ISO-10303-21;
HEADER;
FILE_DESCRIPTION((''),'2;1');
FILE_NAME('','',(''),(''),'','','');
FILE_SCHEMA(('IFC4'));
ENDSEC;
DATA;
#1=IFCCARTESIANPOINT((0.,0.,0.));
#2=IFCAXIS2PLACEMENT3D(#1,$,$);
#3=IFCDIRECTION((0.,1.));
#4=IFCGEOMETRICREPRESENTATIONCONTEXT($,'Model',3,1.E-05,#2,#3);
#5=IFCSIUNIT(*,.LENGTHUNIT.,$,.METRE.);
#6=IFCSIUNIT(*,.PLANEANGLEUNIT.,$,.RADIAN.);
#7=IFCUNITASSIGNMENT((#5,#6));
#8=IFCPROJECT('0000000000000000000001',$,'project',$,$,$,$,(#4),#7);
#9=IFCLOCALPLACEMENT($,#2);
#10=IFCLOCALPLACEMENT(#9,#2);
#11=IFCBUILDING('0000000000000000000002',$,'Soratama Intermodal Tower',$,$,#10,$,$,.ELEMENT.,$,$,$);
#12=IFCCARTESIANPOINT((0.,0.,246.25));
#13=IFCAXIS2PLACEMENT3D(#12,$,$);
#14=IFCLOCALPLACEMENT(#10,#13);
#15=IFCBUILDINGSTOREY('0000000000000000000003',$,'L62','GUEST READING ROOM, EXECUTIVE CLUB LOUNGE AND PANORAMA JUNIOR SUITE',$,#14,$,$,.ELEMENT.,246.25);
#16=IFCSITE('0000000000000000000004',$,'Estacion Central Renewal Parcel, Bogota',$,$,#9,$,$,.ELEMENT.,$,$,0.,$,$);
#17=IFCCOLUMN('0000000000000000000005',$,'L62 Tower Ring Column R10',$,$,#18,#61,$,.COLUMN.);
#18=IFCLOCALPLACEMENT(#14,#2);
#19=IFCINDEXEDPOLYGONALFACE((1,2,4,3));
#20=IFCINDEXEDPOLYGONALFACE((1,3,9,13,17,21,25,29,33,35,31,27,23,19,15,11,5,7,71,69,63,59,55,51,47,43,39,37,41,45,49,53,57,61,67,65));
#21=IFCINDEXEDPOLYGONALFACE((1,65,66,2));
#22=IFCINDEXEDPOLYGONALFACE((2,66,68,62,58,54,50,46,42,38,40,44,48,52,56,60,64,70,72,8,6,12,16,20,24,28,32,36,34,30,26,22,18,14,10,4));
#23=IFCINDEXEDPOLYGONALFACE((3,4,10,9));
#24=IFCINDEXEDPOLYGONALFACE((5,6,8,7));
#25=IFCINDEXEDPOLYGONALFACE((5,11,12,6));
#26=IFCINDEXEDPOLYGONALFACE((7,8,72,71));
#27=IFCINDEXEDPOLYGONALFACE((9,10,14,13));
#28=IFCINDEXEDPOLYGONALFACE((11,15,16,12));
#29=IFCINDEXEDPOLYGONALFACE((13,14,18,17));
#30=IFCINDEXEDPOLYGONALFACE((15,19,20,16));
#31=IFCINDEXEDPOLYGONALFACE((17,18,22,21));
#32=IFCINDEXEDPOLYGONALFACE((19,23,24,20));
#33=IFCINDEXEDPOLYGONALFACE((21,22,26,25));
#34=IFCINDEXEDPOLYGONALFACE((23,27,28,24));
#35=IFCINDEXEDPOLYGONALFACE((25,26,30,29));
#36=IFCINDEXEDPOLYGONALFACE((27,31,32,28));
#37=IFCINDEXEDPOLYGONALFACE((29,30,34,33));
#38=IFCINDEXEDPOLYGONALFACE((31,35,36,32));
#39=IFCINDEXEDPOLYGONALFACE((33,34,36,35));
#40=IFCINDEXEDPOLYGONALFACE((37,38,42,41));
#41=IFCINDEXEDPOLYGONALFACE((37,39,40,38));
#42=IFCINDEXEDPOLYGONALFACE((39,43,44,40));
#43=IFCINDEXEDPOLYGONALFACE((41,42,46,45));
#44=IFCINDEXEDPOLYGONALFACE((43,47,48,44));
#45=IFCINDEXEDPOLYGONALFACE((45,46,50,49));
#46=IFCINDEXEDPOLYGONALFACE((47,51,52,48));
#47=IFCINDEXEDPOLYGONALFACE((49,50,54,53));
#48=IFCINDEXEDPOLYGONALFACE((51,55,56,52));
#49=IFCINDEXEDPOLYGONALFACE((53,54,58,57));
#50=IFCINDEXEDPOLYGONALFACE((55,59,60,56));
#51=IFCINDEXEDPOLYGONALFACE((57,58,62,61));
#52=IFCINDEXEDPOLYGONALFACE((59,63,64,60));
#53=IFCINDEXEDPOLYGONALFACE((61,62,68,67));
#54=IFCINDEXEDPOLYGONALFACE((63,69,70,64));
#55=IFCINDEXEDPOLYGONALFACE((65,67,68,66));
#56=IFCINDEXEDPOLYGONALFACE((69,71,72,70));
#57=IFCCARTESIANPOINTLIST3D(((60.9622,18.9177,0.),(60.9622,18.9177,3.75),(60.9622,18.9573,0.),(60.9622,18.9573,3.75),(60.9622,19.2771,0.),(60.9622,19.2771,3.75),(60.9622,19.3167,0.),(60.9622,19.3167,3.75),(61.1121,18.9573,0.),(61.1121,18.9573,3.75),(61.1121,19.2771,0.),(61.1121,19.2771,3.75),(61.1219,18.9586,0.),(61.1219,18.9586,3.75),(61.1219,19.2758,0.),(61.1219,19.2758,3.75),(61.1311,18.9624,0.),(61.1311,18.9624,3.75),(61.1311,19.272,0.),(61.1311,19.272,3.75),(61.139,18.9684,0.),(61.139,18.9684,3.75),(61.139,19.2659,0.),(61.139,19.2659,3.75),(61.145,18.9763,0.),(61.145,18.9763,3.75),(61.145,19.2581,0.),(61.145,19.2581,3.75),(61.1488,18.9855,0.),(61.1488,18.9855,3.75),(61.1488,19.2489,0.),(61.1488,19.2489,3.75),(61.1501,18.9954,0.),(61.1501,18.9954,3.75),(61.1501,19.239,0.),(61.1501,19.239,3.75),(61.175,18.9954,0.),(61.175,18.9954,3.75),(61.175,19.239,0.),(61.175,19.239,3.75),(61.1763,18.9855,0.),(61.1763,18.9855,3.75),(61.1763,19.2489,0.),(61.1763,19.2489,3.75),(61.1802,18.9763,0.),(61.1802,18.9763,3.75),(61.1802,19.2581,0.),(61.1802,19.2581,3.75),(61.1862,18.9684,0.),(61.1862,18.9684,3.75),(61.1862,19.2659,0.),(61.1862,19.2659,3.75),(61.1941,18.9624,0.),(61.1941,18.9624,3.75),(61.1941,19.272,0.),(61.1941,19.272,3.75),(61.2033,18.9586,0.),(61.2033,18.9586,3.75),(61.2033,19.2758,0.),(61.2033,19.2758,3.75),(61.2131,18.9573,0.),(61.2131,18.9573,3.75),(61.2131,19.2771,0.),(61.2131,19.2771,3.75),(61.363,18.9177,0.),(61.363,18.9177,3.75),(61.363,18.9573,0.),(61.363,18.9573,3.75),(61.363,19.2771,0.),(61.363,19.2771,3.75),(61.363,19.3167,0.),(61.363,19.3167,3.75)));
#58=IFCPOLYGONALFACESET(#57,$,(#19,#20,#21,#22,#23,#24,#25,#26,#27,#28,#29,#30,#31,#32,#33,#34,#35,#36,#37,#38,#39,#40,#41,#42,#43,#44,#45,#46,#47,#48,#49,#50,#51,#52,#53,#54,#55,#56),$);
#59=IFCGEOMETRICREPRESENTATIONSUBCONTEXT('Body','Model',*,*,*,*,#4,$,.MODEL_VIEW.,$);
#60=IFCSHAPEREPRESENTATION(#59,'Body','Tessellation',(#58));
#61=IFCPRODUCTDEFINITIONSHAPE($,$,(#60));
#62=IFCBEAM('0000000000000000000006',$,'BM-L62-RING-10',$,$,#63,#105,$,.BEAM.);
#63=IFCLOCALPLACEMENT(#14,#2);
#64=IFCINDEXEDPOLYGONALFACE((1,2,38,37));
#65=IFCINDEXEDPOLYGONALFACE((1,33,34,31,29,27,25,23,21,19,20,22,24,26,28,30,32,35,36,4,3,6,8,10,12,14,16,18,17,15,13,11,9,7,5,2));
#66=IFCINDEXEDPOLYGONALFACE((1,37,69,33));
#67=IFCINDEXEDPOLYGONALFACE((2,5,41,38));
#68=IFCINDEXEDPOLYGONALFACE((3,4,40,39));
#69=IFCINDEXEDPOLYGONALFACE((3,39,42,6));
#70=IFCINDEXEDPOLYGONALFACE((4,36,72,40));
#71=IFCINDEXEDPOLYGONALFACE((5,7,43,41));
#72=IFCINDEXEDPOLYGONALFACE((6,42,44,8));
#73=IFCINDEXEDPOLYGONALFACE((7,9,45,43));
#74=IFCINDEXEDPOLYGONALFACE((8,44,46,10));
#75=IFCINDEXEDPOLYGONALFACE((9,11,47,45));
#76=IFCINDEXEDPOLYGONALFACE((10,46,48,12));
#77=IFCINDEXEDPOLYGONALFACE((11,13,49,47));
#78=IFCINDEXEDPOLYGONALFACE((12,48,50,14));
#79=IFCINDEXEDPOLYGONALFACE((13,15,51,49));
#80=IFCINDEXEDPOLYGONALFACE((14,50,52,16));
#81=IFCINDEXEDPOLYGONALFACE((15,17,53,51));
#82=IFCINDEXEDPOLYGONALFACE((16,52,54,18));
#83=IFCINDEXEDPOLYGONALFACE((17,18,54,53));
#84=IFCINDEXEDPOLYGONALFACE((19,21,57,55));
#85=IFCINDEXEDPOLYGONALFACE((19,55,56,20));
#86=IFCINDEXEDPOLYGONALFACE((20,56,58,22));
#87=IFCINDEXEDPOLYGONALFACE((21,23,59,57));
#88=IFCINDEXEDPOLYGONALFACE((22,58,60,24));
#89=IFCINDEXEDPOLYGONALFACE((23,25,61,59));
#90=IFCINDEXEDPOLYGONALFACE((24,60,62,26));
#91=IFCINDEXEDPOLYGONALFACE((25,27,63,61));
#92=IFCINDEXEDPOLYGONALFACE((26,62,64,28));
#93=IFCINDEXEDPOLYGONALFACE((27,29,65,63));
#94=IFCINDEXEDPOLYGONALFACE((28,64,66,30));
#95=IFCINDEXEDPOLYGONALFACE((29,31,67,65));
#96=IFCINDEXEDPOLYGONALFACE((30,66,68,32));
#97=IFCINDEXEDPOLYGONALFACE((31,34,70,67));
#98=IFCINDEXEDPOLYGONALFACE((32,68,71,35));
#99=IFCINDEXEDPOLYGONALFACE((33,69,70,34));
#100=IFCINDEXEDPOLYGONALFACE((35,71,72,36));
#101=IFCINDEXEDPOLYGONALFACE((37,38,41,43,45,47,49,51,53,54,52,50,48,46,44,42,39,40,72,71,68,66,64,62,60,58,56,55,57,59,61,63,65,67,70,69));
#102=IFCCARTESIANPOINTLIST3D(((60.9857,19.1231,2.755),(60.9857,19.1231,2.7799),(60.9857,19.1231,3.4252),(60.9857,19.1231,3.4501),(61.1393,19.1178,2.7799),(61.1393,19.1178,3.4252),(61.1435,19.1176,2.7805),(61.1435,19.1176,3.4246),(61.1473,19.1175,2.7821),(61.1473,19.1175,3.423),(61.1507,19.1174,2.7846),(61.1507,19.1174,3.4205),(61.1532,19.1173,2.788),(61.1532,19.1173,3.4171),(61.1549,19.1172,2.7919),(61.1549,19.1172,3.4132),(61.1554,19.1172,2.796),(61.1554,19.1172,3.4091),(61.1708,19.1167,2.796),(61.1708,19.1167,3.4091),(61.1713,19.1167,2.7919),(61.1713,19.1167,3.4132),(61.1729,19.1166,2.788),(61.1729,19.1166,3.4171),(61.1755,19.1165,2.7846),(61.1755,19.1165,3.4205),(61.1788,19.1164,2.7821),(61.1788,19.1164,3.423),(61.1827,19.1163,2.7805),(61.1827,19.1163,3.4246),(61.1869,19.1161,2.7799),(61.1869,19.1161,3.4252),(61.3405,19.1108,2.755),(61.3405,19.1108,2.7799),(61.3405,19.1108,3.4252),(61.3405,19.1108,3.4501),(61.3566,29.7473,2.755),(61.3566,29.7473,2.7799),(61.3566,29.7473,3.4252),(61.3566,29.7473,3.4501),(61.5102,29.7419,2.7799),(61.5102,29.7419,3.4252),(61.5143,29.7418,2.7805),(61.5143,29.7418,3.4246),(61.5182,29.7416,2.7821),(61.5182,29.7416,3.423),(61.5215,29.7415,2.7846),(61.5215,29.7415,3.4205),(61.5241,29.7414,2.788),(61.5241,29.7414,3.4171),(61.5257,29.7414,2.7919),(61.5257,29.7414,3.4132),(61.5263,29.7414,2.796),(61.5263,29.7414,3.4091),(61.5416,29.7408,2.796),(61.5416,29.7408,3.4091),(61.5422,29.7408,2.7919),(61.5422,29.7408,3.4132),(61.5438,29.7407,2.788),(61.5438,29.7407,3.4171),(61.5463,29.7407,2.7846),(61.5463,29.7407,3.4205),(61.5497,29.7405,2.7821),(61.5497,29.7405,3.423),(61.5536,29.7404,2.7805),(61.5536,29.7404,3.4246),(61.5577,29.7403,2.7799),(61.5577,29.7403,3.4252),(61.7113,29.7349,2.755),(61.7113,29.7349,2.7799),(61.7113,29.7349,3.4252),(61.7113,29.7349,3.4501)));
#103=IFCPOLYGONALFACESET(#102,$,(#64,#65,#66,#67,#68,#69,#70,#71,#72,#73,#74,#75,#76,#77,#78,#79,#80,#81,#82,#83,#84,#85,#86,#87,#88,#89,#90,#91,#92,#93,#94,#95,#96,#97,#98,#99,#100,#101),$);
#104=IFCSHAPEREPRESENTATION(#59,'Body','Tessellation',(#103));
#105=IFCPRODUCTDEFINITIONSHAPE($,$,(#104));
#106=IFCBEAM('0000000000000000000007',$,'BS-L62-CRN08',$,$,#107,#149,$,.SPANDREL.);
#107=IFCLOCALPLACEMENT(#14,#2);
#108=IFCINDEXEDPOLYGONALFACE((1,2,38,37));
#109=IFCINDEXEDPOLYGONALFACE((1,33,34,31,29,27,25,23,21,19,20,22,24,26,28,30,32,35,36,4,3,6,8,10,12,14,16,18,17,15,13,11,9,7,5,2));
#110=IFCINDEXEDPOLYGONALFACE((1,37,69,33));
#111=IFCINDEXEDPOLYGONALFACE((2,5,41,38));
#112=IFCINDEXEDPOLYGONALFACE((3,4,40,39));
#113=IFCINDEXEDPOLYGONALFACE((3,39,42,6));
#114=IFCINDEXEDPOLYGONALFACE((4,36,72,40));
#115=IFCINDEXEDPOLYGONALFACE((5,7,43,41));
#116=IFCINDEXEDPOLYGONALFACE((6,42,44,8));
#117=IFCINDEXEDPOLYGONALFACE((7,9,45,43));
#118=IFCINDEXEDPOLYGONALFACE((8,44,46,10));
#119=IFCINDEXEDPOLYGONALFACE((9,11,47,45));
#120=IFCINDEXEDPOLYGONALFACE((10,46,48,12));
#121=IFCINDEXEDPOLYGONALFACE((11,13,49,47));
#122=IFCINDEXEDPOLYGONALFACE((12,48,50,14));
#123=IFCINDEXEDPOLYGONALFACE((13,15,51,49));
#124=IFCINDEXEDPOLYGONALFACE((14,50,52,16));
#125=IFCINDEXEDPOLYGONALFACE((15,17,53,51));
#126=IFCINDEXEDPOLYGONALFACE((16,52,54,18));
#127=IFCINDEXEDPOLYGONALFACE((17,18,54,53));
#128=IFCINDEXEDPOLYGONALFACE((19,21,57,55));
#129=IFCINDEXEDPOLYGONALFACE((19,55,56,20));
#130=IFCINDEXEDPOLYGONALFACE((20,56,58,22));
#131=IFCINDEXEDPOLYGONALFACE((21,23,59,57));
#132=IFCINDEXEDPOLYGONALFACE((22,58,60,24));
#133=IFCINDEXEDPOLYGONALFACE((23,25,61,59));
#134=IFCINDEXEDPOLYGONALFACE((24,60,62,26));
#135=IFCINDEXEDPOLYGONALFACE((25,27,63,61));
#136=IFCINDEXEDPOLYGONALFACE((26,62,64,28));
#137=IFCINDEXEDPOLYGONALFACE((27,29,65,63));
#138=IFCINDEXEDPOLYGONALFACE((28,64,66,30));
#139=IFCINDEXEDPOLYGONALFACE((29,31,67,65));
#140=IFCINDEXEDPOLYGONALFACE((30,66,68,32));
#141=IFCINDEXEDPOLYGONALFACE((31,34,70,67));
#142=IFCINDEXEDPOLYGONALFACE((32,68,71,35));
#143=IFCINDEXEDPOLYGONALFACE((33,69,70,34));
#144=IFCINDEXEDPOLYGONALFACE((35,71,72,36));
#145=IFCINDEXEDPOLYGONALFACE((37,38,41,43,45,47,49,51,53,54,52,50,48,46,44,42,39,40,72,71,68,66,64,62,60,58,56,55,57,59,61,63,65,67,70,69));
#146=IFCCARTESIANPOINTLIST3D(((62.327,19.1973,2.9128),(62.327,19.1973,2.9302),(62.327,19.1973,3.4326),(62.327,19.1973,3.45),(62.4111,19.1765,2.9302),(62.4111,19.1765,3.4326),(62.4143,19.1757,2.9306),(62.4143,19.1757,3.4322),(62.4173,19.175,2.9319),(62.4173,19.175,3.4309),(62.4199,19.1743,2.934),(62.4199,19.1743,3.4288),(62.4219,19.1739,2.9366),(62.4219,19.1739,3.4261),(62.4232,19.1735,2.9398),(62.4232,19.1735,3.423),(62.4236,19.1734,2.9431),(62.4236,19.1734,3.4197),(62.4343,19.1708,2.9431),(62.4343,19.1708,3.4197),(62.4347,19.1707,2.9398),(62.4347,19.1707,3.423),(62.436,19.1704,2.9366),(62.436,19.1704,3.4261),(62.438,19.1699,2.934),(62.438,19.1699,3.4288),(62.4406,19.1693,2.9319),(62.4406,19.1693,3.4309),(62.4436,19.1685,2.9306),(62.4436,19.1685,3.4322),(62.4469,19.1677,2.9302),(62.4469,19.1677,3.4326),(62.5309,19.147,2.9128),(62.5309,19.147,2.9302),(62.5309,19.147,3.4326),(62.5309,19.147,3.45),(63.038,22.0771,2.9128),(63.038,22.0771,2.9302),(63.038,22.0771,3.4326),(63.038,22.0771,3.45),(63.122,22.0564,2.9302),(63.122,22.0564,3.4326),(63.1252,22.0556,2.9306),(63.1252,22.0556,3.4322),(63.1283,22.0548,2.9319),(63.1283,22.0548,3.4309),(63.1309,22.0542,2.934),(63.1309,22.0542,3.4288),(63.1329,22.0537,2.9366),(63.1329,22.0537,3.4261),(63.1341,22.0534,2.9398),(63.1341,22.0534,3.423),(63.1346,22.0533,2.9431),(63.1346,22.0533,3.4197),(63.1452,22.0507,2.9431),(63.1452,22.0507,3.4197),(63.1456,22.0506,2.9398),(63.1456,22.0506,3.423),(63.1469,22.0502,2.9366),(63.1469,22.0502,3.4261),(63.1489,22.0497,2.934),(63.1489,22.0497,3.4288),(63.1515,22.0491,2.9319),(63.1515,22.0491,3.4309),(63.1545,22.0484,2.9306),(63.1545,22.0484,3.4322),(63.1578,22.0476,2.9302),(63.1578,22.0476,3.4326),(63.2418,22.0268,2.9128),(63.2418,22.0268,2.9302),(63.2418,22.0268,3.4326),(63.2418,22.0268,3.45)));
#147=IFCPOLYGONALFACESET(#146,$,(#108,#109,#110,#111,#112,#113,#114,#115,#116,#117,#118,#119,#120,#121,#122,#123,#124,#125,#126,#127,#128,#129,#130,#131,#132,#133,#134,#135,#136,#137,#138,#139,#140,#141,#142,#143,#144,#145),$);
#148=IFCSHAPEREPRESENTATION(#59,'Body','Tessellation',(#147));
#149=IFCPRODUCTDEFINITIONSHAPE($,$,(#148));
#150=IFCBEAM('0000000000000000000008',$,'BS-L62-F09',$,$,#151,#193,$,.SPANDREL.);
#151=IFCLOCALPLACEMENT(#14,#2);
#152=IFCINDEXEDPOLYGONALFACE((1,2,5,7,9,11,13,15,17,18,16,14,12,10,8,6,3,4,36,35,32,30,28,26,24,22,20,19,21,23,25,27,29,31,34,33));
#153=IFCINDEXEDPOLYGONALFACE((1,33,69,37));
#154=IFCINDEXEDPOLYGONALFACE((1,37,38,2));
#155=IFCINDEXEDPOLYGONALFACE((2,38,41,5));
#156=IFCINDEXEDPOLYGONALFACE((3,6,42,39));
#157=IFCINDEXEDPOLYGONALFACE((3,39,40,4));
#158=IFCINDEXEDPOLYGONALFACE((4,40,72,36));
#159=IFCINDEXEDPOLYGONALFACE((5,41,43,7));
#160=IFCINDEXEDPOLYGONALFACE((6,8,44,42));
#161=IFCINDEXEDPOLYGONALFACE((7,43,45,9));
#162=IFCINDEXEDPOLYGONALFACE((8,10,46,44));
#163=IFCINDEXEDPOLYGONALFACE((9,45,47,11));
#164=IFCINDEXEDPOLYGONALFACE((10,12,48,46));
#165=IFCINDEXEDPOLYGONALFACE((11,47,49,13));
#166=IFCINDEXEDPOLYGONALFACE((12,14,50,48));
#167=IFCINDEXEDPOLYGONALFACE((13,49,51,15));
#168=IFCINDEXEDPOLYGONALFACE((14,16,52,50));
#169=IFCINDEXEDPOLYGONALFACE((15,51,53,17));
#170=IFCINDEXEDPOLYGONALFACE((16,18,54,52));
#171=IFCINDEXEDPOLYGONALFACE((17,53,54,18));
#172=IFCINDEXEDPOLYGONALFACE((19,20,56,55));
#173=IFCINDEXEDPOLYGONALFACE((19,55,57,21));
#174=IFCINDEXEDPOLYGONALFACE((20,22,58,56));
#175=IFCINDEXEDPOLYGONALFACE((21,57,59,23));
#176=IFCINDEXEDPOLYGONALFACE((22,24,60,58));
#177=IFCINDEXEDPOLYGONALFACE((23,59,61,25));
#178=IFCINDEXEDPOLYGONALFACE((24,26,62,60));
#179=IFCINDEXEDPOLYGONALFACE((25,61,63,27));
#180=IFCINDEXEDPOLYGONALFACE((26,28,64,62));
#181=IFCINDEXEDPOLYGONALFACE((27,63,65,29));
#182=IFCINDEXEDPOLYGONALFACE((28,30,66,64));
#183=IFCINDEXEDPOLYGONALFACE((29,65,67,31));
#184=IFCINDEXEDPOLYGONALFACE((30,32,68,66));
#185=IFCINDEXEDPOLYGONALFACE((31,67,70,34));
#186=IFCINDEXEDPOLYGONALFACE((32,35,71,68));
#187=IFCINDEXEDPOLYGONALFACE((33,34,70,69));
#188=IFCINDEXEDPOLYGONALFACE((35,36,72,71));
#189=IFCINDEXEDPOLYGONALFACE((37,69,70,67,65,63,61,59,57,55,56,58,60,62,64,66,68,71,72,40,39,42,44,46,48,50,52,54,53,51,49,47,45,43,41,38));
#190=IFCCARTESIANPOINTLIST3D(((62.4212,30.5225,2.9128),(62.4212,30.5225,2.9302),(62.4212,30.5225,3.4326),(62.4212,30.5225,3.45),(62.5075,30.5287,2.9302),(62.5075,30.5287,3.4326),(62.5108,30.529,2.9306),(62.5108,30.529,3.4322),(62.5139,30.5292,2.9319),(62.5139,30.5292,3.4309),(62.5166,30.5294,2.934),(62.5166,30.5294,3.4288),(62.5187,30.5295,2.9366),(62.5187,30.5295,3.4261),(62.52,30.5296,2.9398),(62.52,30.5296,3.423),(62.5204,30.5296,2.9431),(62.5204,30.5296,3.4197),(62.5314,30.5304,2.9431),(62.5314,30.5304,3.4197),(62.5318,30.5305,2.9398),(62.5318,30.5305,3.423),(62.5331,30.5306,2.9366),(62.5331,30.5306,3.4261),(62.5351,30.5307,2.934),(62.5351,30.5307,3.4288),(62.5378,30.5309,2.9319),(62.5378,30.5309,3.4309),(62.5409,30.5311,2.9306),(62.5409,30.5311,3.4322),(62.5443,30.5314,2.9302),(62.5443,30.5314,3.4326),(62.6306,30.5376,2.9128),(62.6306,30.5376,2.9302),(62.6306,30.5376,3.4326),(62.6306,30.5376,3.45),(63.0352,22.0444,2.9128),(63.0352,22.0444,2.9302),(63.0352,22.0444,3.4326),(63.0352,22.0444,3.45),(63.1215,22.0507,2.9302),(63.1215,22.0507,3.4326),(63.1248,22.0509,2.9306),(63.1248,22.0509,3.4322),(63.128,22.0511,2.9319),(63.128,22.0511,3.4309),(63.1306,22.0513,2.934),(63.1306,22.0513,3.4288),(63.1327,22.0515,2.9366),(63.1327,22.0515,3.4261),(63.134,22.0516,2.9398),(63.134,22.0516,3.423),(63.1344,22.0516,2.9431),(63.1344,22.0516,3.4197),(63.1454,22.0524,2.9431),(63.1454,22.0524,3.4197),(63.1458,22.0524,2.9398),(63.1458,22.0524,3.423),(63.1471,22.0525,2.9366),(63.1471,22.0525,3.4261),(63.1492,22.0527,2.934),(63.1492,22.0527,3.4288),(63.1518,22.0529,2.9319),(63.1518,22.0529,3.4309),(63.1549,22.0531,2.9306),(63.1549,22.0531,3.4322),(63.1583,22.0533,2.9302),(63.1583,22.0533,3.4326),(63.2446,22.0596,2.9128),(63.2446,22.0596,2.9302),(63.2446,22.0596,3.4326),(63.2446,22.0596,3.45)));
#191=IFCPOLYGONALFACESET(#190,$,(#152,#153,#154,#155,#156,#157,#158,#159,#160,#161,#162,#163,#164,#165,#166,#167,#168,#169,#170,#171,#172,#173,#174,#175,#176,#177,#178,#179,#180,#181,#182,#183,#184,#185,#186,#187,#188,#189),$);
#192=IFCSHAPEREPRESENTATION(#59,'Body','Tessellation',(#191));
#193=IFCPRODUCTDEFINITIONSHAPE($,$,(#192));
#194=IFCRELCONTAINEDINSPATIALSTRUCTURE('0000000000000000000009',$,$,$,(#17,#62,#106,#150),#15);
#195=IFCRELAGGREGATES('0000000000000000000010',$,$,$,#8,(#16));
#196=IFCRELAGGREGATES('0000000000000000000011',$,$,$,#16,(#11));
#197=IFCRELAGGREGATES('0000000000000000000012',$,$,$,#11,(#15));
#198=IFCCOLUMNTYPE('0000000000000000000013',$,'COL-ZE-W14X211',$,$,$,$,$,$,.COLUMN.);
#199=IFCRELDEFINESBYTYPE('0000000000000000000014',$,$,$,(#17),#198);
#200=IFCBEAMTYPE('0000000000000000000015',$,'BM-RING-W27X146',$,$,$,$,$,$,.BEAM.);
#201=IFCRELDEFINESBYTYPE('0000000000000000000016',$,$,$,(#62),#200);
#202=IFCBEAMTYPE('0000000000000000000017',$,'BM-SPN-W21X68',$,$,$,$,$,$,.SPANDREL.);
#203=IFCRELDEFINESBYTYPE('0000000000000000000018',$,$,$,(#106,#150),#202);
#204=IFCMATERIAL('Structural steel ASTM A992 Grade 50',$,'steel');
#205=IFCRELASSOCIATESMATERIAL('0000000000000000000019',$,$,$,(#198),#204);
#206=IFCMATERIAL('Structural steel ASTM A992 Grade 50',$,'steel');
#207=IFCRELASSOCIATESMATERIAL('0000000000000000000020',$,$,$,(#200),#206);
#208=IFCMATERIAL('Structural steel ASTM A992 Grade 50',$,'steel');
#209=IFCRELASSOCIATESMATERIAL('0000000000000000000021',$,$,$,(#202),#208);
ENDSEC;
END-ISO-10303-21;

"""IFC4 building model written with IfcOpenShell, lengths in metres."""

from ifc_helpers import new_model, si_unit, direction, frame, origin, origin_2d, place, context, subcontext, project, spatial, i_section, extrude, material, material_profile, profile_set, type_object, element, save


model = new_model("IFC4")

# Units and contexts
model_context = context("Model", 3, precision=1e-05, world=origin(), true_north=direction((0.0, 1.0)))
body_context = subcontext(model_context, "Body", "Model", "MODEL_VIEW")
ifc_project = project(units=[si_unit("LENGTHUNIT", "METRE"), si_unit("PLANEANGLEUNIT", "RADIAN")], contexts=[model_context])

# Site, building, storey
site_placement = place(None, origin())
site = spatial("IfcSite", under=ifc_project, at=site_placement, Name="Estacion Central Renewal Parcel, Bogota", CompositionType="ELEMENT", RefElevation=0.0)
building_placement = place(site_placement, origin())
building = spatial("IfcBuilding", under=site, at=building_placement, Name="Soratama Intermodal Tower", CompositionType="ELEMENT")
storey_placement = place(building_placement, frame((0.0, 0.0, 246.25)))
storey = spatial("IfcBuildingStorey", under=building, at=storey_placement, Name="L62", Description="GUEST READING ROOM, EXECUTIVE CLUB LOUNGE AND PANORAMA JUNIOR SUITE", CompositionType="ELEMENT", Elevation=246.25)

# Column
ifc_material_1 = material(Name="Structural steel ASTM A992 Grade 50", Category="steel")
ifc_material_profile_1 = material_profile(ifc_material_1, i_section(OverallWidth=0.4009, OverallDepth=0.3989, WebThickness=0.0249, FlangeThickness=0.0396, FilletRadius=0.0381, at=origin_2d()), Name="W14X211")
ifc_profile_set_1 = profile_set([ifc_material_profile_1], Name="Structural steel ASTM A992 Grade 50")
column_type = type_object("IfcColumnType", Name="COL-ZE-W14X211", PredefinedType="COLUMN", material=ifc_profile_set_1)
column_placement = place(storey_placement, frame((61.1626, 19.1172, 0.0), z_axis=(0.0, 0.0, 1.0), x_axis=(1.0, 0.0, 0.0)))
element("IfcColumn", 1, at=column_placement, inside=storey, type_object=column_type, Name="L62 Tower Ring Column R10", PredefinedType="COLUMN", context=body_context, shape_type="SweptSolid", body=[
    extrude(i_section(OverallWidth=0.4009, OverallDepth=0.3989, WebThickness=0.0249, FlangeThickness=0.0396, FilletRadius=0.0381, at=origin_2d()), origin(), (0.0, 0.0, 1.0), 3.75),
])

# Beams
ifc_material_2 = material(Name="Structural steel ASTM A992 Grade 50", Category="steel")
ifc_material_profile_2 = material_profile(ifc_material_2, i_section(OverallWidth=0.355, OverallDepth=0.6951, WebThickness=0.0154, FlangeThickness=0.0249, FilletRadius=0.0161, at=origin_2d()), Name="W27X146")
ifc_profile_set_2 = profile_set([ifc_material_profile_2], Name="Structural steel ASTM A992 Grade 50")
beam_type_1 = type_object("IfcBeamType", Name="BM-RING-W27X146", PredefinedType="BEAM", material=ifc_profile_set_2)
beam_1_placement = place(storey_placement, frame((61.1631, 19.1169, 3.1025), z_axis=(0.034885, 0.999391, 0.0), x_axis=(-0.999391, 0.034885, 0.0)))
element("IfcBeam", 2, at=beam_1_placement, inside=storey, type_object=beam_type_1, Name="BM-L62-RING-10", PredefinedType="BEAM", context=body_context, shape_type="SweptSolid", body=[
    extrude(i_section(OverallWidth=0.355, OverallDepth=0.6951, WebThickness=0.0154, FlangeThickness=0.0249, FilletRadius=0.0161, at=origin_2d()), origin(), (0.0, 0.0, 1.0), 10.6306),
])
ifc_material_3 = material(Name="Structural steel ASTM A992 Grade 50", Category="steel")
ifc_material_profile_3 = material_profile(ifc_material_3, i_section(OverallWidth=0.21, OverallDepth=0.5371, WebThickness=0.011, FlangeThickness=0.0173, FilletRadius=0.0129, at=origin_2d()), Name="W21X68")
ifc_profile_set_3 = profile_set([ifc_material_profile_3], Name="Structural steel ASTM A992 Grade 50")
beam_type_2 = type_object("IfcBeamType", Name="BM-SPN-W21X68", PredefinedType="SPANDREL", material=ifc_profile_set_3)
beam_2_placement = place(storey_placement, frame((62.429, 19.1721, 3.1814), z_axis=(0.239668, 0.970855, 0.0), x_axis=(-0.970855, 0.239668, 0.0)))
element("IfcBeam", 3, at=beam_2_placement, inside=storey, type_object=beam_type_2, Name="BS-L62-CRN08", PredefinedType="SPANDREL", context=body_context, shape_type="SweptSolid", body=[
    extrude(i_section(OverallWidth=0.21, OverallDepth=0.5371, WebThickness=0.011, FlangeThickness=0.0173, FilletRadius=0.0129, at=origin_2d()), origin(), (0.0, 0.0, 1.0), 2.9663),
])
beam_3_placement = place(storey_placement, frame((63.1399, 22.052, 3.1814), z_axis=(-0.072235, 0.997388, 0.0), x_axis=(-0.997388, -0.072235, 0.0)))
element("IfcBeam", 4, at=beam_3_placement, inside=storey, type_object=beam_type_2, Name="BS-L62-F09", PredefinedType="SPANDREL", context=body_context, shape_type="SweptSolid", body=[
    extrude(i_section(OverallWidth=0.21, OverallDepth=0.5371, WebThickness=0.011, FlangeThickness=0.0173, FilletRadius=0.0129, at=origin_2d()), origin(), (0.0, 0.0, 1.0), 8.5002),
])

save(model, "model.ifc")
